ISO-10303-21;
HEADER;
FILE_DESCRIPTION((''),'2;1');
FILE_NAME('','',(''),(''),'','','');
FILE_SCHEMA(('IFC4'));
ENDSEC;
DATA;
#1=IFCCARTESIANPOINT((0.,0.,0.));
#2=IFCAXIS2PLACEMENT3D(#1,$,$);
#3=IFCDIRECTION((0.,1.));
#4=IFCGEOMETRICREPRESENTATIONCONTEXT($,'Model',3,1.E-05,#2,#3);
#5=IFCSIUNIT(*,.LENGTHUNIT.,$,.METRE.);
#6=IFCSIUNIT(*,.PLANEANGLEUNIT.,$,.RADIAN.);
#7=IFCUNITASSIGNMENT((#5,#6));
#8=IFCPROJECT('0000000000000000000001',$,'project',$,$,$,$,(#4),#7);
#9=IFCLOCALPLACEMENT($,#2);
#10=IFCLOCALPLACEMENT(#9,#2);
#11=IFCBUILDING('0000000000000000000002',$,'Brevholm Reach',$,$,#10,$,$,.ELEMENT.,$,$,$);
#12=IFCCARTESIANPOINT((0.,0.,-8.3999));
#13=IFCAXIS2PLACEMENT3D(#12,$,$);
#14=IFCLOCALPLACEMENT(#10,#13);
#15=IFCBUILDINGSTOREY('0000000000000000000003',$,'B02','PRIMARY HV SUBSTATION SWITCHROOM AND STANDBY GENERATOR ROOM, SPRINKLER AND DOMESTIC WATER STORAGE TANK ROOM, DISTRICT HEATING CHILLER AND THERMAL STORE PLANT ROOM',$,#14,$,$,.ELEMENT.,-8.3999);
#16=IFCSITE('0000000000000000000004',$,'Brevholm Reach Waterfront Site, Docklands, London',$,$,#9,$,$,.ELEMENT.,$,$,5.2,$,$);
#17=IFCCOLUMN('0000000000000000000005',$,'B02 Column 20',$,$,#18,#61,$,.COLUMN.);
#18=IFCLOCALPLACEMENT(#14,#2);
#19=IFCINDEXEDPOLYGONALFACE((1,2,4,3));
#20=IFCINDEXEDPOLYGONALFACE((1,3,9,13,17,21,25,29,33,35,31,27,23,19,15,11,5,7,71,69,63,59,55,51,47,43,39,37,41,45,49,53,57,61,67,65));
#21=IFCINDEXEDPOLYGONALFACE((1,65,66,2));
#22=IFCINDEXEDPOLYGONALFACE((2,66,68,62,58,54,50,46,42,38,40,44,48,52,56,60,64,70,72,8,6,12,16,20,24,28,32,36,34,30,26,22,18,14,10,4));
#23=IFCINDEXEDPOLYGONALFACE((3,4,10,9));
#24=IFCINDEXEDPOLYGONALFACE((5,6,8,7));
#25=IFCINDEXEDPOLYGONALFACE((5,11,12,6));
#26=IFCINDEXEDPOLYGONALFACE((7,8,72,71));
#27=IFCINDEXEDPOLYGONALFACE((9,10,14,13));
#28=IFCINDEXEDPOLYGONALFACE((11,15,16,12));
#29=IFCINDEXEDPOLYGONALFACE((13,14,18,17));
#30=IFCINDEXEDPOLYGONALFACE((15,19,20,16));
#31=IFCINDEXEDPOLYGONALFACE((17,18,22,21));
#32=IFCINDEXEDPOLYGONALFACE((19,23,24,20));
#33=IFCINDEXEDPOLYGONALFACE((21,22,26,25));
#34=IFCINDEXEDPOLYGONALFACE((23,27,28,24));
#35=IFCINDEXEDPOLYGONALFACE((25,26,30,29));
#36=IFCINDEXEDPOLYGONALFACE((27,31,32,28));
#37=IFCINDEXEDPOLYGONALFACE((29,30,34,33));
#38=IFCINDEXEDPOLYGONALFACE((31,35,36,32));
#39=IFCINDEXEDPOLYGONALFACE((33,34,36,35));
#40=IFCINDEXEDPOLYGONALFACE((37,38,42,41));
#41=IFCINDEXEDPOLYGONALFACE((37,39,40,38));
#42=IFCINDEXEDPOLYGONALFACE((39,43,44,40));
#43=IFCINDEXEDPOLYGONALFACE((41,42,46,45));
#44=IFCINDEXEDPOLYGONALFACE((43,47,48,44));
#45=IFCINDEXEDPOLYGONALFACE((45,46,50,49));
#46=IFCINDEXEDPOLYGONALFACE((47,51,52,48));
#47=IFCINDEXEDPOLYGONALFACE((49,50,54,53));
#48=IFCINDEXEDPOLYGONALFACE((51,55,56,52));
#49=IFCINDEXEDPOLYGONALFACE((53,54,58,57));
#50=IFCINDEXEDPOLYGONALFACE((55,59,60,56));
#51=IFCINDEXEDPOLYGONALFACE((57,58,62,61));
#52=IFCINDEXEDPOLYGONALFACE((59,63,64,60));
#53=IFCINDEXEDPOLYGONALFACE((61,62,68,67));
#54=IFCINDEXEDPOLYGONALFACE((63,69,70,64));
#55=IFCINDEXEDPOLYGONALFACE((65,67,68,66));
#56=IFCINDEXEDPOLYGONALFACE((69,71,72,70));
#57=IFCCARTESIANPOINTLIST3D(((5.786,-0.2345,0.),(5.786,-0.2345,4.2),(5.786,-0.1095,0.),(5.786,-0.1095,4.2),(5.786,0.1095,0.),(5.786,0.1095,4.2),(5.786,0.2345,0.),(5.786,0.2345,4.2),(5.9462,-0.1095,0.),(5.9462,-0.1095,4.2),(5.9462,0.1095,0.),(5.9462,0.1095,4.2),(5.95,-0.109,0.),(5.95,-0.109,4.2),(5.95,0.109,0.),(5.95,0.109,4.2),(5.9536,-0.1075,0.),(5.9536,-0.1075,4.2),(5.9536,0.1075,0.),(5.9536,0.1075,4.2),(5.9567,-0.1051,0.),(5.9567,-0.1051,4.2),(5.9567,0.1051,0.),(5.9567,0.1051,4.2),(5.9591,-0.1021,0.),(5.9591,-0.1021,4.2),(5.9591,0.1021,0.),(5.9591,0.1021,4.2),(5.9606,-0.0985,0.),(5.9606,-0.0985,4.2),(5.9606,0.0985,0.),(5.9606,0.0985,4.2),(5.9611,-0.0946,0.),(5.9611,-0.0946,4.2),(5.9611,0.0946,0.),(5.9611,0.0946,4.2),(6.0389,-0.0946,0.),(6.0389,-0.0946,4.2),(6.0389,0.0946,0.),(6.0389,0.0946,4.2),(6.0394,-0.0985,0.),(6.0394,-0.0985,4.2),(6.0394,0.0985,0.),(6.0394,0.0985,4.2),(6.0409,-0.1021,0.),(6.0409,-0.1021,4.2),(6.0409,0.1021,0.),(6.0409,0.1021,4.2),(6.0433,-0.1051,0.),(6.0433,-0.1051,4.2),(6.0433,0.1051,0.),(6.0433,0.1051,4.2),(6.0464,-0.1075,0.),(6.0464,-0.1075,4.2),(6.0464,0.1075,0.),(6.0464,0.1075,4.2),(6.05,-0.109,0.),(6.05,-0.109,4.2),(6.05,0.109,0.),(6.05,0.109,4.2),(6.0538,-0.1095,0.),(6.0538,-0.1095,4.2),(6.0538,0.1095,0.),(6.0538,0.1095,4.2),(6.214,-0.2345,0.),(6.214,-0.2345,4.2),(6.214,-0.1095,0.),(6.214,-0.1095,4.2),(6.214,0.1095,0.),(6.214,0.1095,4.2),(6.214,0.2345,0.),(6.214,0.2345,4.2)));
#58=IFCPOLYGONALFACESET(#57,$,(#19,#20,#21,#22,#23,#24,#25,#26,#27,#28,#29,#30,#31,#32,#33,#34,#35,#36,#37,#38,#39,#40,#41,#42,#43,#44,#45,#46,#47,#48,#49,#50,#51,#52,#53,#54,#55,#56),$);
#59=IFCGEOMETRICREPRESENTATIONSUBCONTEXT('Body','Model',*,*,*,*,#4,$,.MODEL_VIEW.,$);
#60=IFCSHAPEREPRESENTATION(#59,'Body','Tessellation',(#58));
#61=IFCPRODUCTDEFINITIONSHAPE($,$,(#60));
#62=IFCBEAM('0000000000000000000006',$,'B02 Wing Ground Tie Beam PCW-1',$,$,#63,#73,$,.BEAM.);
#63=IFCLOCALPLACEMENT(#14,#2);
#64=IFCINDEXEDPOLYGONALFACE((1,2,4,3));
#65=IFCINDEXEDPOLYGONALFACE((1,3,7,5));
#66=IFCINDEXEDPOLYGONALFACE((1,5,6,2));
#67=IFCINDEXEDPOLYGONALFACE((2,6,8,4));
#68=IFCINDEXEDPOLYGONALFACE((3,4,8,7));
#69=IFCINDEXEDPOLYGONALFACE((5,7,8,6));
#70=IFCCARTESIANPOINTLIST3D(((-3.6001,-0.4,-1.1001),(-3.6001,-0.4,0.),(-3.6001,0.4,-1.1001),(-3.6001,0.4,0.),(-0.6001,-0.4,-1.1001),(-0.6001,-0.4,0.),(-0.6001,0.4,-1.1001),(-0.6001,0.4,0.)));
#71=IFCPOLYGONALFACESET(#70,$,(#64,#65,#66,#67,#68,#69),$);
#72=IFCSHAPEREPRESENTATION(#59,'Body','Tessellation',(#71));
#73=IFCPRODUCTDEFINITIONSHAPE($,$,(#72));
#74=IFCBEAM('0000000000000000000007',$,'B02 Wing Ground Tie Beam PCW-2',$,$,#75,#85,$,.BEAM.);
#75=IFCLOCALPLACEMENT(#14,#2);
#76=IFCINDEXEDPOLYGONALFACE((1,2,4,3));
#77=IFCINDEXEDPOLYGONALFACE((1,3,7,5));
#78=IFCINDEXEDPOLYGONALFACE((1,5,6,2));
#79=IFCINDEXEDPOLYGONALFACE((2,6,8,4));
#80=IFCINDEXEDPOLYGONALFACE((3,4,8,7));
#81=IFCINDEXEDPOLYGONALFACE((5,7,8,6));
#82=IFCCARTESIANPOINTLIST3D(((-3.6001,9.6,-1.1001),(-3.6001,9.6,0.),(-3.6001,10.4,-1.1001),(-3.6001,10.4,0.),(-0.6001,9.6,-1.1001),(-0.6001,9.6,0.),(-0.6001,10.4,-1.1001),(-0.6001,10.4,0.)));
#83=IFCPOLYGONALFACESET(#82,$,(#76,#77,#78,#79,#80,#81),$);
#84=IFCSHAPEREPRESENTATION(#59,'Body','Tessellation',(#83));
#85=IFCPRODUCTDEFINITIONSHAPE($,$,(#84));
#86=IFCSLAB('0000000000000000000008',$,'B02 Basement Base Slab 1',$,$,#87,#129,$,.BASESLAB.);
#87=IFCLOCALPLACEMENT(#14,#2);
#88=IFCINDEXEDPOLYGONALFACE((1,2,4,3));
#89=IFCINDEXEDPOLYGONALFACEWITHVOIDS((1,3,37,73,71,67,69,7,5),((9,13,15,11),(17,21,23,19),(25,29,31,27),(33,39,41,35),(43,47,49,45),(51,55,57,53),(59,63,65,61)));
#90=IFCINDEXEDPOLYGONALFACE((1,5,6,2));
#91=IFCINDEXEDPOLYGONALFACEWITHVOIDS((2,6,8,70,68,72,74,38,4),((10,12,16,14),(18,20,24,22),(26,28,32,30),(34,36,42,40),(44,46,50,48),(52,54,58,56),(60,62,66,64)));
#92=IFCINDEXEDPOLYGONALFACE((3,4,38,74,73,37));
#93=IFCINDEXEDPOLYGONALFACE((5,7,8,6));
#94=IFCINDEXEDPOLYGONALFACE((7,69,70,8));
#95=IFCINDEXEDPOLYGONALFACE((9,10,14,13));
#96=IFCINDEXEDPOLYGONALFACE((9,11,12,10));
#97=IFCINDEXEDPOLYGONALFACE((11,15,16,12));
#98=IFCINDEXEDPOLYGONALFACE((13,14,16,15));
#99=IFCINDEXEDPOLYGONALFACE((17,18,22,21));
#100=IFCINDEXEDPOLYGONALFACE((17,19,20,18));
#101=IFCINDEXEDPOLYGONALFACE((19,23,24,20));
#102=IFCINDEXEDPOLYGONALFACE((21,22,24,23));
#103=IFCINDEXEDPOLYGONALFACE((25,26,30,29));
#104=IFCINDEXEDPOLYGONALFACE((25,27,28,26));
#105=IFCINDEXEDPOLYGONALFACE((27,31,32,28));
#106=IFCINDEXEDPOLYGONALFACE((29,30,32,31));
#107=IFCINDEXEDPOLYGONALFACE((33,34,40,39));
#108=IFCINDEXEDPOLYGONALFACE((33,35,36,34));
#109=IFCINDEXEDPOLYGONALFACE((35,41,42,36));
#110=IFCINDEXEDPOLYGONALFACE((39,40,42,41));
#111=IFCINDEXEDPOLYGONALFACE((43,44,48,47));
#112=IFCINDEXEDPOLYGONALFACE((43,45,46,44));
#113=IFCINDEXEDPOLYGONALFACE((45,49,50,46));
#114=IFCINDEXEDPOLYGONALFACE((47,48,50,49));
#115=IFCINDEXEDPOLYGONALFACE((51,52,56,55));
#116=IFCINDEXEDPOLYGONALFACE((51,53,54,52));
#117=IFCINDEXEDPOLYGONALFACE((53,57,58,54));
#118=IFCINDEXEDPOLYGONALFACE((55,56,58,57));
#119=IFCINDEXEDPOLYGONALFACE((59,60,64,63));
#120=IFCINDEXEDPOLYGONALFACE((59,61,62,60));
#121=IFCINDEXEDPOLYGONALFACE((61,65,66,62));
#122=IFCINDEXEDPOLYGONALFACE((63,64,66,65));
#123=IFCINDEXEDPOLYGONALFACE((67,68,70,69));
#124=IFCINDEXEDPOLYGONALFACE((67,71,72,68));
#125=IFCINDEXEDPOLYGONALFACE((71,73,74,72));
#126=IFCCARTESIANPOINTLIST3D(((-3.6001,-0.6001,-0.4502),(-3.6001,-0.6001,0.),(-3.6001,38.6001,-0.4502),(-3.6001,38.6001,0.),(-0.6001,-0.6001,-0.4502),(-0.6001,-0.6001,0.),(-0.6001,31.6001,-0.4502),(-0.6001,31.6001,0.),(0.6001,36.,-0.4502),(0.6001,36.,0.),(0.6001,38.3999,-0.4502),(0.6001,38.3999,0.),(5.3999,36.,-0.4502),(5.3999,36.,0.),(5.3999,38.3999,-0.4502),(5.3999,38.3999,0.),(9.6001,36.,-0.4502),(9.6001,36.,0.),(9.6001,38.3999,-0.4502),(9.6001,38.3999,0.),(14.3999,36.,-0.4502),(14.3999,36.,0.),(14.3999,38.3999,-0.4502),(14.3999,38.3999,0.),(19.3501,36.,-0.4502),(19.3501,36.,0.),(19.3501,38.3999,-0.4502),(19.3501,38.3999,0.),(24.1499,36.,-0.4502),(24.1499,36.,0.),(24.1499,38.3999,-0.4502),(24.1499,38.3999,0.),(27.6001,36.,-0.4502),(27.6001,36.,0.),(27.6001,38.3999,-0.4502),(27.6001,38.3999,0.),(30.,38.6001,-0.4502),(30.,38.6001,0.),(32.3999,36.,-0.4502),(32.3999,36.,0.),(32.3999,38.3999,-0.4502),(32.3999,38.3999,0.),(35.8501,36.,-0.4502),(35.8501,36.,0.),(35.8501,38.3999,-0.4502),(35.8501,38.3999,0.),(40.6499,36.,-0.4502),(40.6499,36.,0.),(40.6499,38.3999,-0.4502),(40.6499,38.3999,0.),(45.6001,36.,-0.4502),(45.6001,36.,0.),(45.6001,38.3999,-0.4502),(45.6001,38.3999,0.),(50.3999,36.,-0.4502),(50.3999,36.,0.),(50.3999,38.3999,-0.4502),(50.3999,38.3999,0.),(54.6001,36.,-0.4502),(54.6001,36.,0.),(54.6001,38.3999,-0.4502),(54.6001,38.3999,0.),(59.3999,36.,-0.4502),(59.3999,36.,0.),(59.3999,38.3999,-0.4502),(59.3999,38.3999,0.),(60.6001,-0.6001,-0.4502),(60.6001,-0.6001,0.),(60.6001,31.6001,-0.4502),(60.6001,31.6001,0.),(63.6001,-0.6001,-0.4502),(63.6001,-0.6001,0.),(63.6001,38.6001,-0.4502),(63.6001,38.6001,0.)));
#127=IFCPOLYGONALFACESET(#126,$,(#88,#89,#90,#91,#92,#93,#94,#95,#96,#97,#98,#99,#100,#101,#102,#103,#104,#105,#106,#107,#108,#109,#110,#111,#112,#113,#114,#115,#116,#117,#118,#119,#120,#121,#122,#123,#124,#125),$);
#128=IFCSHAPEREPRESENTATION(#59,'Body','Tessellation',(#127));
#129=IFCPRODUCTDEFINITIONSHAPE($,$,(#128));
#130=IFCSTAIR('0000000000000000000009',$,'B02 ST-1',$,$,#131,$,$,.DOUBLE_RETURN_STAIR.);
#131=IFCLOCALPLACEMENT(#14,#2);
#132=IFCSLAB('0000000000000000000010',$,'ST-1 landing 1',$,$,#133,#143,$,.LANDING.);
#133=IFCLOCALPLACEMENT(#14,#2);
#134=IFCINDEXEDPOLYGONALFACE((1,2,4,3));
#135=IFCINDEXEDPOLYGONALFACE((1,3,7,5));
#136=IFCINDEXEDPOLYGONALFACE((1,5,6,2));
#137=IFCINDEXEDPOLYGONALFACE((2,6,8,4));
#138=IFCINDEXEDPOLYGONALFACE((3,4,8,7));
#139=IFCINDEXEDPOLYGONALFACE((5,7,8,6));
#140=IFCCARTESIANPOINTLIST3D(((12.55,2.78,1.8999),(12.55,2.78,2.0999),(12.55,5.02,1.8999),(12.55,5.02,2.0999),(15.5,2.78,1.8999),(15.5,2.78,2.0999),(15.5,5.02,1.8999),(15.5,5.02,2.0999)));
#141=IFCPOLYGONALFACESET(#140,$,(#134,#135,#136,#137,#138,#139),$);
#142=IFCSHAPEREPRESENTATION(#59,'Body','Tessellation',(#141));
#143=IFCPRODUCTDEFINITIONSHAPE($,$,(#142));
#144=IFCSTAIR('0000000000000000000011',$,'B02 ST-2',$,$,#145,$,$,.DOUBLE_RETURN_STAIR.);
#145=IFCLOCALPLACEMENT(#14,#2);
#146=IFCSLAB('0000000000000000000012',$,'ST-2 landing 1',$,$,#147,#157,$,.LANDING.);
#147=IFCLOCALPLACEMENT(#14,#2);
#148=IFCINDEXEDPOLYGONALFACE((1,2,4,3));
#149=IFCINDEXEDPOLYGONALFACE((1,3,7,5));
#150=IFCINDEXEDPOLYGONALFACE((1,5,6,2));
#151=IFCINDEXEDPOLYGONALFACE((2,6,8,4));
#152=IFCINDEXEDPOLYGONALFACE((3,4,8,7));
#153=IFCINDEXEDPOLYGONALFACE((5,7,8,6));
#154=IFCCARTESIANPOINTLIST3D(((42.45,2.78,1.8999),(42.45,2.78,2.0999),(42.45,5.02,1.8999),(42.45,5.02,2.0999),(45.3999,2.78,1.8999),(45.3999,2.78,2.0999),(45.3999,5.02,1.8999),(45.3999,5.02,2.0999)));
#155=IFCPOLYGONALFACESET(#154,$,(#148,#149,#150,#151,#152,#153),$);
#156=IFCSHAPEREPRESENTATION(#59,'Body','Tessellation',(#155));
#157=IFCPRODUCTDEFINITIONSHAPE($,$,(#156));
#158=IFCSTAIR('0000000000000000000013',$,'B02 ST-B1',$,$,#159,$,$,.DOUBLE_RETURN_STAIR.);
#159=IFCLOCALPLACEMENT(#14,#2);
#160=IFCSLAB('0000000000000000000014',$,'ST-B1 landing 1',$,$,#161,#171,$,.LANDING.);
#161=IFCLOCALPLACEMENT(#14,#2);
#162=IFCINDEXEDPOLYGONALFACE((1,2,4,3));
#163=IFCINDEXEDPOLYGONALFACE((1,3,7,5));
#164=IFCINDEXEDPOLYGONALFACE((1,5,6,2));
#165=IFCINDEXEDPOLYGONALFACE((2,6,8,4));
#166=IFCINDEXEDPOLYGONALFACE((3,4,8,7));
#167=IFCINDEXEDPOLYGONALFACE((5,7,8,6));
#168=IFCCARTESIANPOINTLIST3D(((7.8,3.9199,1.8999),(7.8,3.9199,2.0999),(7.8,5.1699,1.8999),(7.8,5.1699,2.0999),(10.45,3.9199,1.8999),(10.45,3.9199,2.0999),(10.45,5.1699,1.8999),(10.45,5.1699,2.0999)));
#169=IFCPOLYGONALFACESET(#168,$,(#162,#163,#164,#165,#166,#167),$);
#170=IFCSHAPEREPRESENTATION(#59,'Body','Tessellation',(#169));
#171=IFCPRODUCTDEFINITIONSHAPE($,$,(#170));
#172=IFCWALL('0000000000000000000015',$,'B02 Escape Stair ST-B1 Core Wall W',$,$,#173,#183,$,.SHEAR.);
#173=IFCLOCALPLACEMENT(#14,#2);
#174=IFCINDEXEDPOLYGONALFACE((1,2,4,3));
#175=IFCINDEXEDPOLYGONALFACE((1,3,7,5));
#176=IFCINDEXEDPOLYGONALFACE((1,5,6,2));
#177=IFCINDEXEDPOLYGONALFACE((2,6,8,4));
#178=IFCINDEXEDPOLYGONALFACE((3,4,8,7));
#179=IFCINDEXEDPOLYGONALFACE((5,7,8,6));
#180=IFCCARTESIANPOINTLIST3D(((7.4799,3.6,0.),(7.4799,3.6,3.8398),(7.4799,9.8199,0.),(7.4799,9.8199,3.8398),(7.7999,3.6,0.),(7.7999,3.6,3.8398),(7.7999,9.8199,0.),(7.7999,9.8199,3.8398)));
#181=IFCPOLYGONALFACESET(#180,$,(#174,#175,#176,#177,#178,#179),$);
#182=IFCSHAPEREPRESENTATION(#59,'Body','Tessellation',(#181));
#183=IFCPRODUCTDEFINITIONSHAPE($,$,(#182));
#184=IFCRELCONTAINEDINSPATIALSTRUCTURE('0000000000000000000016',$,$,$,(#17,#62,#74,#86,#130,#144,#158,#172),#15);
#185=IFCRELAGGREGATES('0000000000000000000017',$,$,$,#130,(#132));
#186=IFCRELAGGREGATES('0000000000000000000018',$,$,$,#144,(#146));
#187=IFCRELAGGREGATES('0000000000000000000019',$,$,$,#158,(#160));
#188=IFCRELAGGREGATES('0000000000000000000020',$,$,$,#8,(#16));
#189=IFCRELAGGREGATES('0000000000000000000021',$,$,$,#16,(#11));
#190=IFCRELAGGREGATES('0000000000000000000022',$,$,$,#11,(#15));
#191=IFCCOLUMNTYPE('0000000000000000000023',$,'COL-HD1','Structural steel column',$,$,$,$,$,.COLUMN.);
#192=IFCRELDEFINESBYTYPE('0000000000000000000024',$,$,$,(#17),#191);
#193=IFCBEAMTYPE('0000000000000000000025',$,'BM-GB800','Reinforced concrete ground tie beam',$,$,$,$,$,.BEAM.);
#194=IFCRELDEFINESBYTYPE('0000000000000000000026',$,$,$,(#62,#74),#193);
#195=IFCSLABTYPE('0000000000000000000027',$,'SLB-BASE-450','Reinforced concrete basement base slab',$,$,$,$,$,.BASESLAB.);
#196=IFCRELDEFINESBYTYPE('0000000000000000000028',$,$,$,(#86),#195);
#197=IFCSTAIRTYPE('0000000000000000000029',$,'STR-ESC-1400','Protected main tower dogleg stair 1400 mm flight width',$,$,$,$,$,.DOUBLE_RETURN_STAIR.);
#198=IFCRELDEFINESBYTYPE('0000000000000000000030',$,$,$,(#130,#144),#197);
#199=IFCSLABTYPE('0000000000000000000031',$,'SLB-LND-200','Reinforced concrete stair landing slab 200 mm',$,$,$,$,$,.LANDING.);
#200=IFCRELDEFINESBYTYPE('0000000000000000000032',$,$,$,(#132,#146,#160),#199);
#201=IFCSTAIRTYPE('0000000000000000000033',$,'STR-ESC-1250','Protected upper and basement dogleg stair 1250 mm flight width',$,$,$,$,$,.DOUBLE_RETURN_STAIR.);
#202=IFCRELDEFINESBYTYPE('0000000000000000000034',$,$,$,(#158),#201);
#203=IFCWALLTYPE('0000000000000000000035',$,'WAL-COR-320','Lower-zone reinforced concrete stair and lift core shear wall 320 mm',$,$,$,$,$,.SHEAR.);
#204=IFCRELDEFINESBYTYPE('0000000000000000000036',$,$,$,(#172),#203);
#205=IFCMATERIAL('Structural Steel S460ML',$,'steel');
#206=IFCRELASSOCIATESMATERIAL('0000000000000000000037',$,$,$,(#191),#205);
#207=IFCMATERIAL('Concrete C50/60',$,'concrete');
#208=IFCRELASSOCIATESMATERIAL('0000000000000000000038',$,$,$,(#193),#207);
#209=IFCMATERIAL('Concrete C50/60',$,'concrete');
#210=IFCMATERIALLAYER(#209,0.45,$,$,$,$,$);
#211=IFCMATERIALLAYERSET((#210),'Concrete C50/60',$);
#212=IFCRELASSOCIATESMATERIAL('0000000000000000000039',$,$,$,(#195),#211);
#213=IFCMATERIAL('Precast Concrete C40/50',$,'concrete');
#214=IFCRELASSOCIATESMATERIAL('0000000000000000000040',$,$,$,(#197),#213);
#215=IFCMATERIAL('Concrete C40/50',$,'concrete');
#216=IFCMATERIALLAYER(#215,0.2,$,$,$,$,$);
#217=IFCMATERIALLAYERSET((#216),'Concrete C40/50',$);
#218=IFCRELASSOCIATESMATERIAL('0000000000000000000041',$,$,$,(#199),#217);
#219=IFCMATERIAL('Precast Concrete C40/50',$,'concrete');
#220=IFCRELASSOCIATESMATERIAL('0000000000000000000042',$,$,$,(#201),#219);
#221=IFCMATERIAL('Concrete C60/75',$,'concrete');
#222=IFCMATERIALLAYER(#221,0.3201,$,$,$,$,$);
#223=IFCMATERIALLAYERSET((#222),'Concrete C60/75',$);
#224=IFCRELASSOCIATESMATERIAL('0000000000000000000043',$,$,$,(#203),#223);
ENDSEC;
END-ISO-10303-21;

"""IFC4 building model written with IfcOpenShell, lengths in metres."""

from ifc_helpers import new_model, si_unit, direction, frame, frame_2d, origin, origin_2d, place, context, subcontext, project, spatial, polyline, rectangle, i_section, outline, extrude, material, layer, layer_set, material_profile, profile_set, type_object, element, aggregate, save


model = new_model("IFC4")

# Units and contexts
model_context = context("Model", 3, precision=1e-05, world=origin(), true_north=direction((0.0, 1.0)))
body_context = subcontext(model_context, "Body", "Model", "MODEL_VIEW")
ifc_project = project(units=[si_unit("LENGTHUNIT", "METRE"), si_unit("PLANEANGLEUNIT", "RADIAN")], contexts=[model_context])

# Site, building, storey
site_placement = place(None, origin())
site = spatial("IfcSite", under=ifc_project, at=site_placement, Name="Brevholm Reach Waterfront Site, Docklands, London", CompositionType="ELEMENT", RefElevation=5.2)
building_placement = place(site_placement, origin())
building = spatial("IfcBuilding", under=site, at=building_placement, Name="Brevholm Reach", CompositionType="ELEMENT")
storey_placement = place(building_placement, frame((0.0, 0.0, -8.3999)))
storey = spatial("IfcBuildingStorey", under=building, at=storey_placement, Name="B02", Description="PRIMARY HV SUBSTATION SWITCHROOM AND STANDBY GENERATOR ROOM, SPRINKLER AND DOMESTIC WATER STORAGE TANK ROOM, DISTRICT HEATING CHILLER AND THERMAL STORE PLANT ROOM", CompositionType="ELEMENT", Elevation=-8.3999)

# Column
ifc_material_1 = material(Name="Structural Steel S460ML", Category="steel")
ifc_material_profile_1 = material_profile(ifc_material_1, i_section(OverallWidth=0.428, OverallDepth=0.469, WebThickness=0.0779, FlangeThickness=0.125, FilletRadius=0.0149, at=origin_2d()), Name="HD 400x1086")
ifc_profile_set_1 = profile_set([ifc_material_profile_1], Name="Structural Steel S460ML")
column_type = type_object("IfcColumnType", Name="COL-HD1", Description="Structural steel column", PredefinedType="COLUMN", material=ifc_profile_set_1)
for number, where, z_axis, x_axis, name in (
    (1, (6.0, 0.0, 0.0), (0.0, 0.0, 1.0), (1.0, 0.0, 0.0), "B02 Column 20"),
):
    element("IfcColumn", number, at=place(storey_placement, frame(where, z_axis=z_axis, x_axis=x_axis)), inside=storey, type_object=column_type, Name=name, PredefinedType="COLUMN", context=body_context, shape_type="SweptSolid", body=[
        extrude(i_section(OverallWidth=0.428, OverallDepth=0.469, WebThickness=0.0779, FlangeThickness=0.125, FilletRadius=0.0149, at=origin_2d()), origin(), (0.0, 0.0, 1.0), 4.2),
    ])

# Beams
ifc_material_2 = material(Name="Concrete C50/60", Category="concrete")
ifc_material_profile_2 = material_profile(ifc_material_2, rectangle(XDim=0.8, YDim=1.1001, at=origin_2d()), Name="RC 800x1100")
ifc_profile_set_2 = profile_set([ifc_material_profile_2], Name="Concrete C50/60")
beam_type = type_object("IfcBeamType", Name="BM-GB800", Description="Reinforced concrete ground tie beam", PredefinedType="BEAM", material=ifc_profile_set_2)
for number, where, z_axis, x_axis, name in (
    (2, (-3.6001, 0.0, -0.55), (1.0, 0.0, 0.0), (0.0, 1.0, 0.0), "B02 Wing Ground Tie Beam PCW-1"),
    (3, (-3.6001, 10.0, -0.55), (1.0, 0.0, 0.0), (0.0, 1.0, 0.0), "B02 Wing Ground Tie Beam PCW-2"),
):
    element("IfcBeam", number, at=place(storey_placement, frame(where, z_axis=z_axis, x_axis=x_axis)), inside=storey, type_object=beam_type, Name=name, PredefinedType="BEAM", context=body_context, shape_type="SweptSolid", body=[
        extrude(rectangle(XDim=0.8, YDim=1.1001, at=origin_2d()), origin(), (0.0, 0.0, 1.0), 3.0),
    ])

# Slab
ifc_material_3 = material(Name="Concrete C50/60", Category="concrete")
ifc_layer_1 = layer(ifc_material_3, 0.45)
ifc_layer_set_1 = layer_set([ifc_layer_1], Name="Concrete C50/60")
slab_type_1 = type_object("IfcSlabType", Name="SLB-BASE-450", Description="Reinforced concrete basement base slab", PredefinedType="BASESLAB", material=ifc_layer_set_1)
slab_1_placement = place(storey_placement, frame((0.0, 0.0, -0.4502)))
element("IfcSlab", 4, at=slab_1_placement, inside=storey, type_object=slab_type_1, Name="B02 Basement Base Slab 1", PredefinedType="BASESLAB", context=body_context, shape_type="SweptSolid", body=[
    extrude(outline(polyline([(30.0, 38.6001), (63.6001, 38.6001), (63.6001, -0.6001), (60.6001, -0.6001), (60.6001, 31.6001), (-0.6001, 31.6001), (-0.6001, -0.6001), (-3.6001, -0.6001), (-3.6001, 38.6001), (30.0, 38.6001)]), holes=[polyline([(5.3999, 36.0), (5.3999, 38.3999), (0.6001, 38.3999), (0.6001, 36.0), (5.3999, 36.0)]), polyline([(14.3999, 36.0), (14.3999, 38.3999), (9.6001, 38.3999), (9.6001, 36.0), (14.3999, 36.0)]), polyline([(24.1499, 36.0), (24.1499, 38.3999), (19.3501, 38.3999), (19.3501, 36.0), (24.1499, 36.0)]), polyline([(32.3999, 36.0), (32.3999, 38.3999), (27.6001, 38.3999), (27.6001, 36.0), (32.3999, 36.0)]), polyline([(40.6499, 36.0), (40.6499, 38.3999), (35.8501, 38.3999), (35.8501, 36.0), (40.6499, 36.0)]), polyline([(50.3999, 36.0), (50.3999, 38.3999), (45.6001, 38.3999), (45.6001, 36.0), (50.3999, 36.0)]), polyline([(59.3999, 36.0), (59.3999, 38.3999), (54.6001, 38.3999), (54.6001, 36.0), (59.3999, 36.0)])]), origin(), (0.0, 0.0, 1.0), 0.4502),
])

# Stairs, slabs
ifc_material_4 = material(Name="Precast Concrete C40/50", Category="concrete")
stair_type_1 = type_object("IfcStairType", Name="STR-ESC-1400", Description="Protected main tower dogleg stair 1400 mm flight width", PredefinedType="DOUBLE_RETURN_STAIR", material=ifc_material_4)
stair_1_placement = place(storey_placement, origin())
stair_1 = element("IfcStair", 5, at=stair_1_placement, inside=storey, type_object=stair_type_1, Name="B02 ST-1", PredefinedType="DOUBLE_RETURN_STAIR")
ifc_material_5 = material(Name="Concrete C40/50", Category="concrete")
ifc_layer_2 = layer(ifc_material_5, 0.2)
ifc_layer_set_2 = layer_set([ifc_layer_2], Name="Concrete C40/50")
slab_type_2 = type_object("IfcSlabType", Name="SLB-LND-200", Description="Reinforced concrete stair landing slab 200 mm", PredefinedType="LANDING", material=ifc_layer_set_2)
slab_2_placement = place(storey_placement, frame((0.0, 0.0, 1.8999)))
slab_2 = element("IfcSlab", 6, at=slab_2_placement, type_object=slab_type_2, Name="ST-1 landing 1", PredefinedType="LANDING", context=body_context, shape_type="SweptSolid", body=[
    extrude(outline(polyline([(12.55, 5.02), (12.55, 2.78), (15.5, 2.78), (15.5, 5.02), (12.55, 5.02)])), origin(), (0.0, 0.0, 1.0), 0.2),
])
aggregate(stair_1, [slab_2])
stair_2_placement = place(storey_placement, origin())
stair_2 = element("IfcStair", 7, at=stair_2_placement, inside=storey, type_object=stair_type_1, Name="B02 ST-2", PredefinedType="DOUBLE_RETURN_STAIR")
slab_3_placement = place(storey_placement, frame((0.0, 0.0, 1.8999)))
slab_3 = element("IfcSlab", 8, at=slab_3_placement, type_object=slab_type_2, Name="ST-2 landing 1", PredefinedType="LANDING", context=body_context, shape_type="SweptSolid", body=[
    extrude(outline(polyline([(42.45, 5.02), (42.45, 2.78), (45.3999, 2.78), (45.3999, 5.02), (42.45, 5.02)])), origin(), (0.0, 0.0, 1.0), 0.2),
])
aggregate(stair_2, [slab_3])
ifc_material_6 = material(Name="Precast Concrete C40/50", Category="concrete")
stair_type_2 = type_object("IfcStairType", Name="STR-ESC-1250", Description="Protected upper and basement dogleg stair 1250 mm flight width", PredefinedType="DOUBLE_RETURN_STAIR", material=ifc_material_6)
stair_3_placement = place(storey_placement, origin())
stair_3 = element("IfcStair", 9, at=stair_3_placement, inside=storey, type_object=stair_type_2, Name="B02 ST-B1", PredefinedType="DOUBLE_RETURN_STAIR")
slab_4_placement = place(storey_placement, frame((0.0, 0.0, 1.8999)))
slab_4 = element("IfcSlab", 10, at=slab_4_placement, type_object=slab_type_2, Name="ST-B1 landing 1", PredefinedType="LANDING", context=body_context, shape_type="SweptSolid", body=[
    extrude(outline(polyline([(7.8, 5.1699), (7.8, 3.9199), (10.45, 3.9199), (10.45, 5.1699), (7.8, 5.1699)])), origin(), (0.0, 0.0, 1.0), 0.2),
])
aggregate(stair_3, [slab_4])

# Wall
ifc_material_7 = material(Name="Concrete C60/75", Category="concrete")
ifc_layer_3 = layer(ifc_material_7, 0.3201)
ifc_layer_set_3 = layer_set([ifc_layer_3], Name="Concrete C60/75")
wall_type_1 = type_object("IfcWallType", Name="WAL-COR-320", Description="Lower-zone reinforced concrete stair and lift core shear wall 320 mm", PredefinedType="SHEAR", material=ifc_layer_set_3)
wall_1_placement = place(storey_placement, frame((7.6399, 3.6001, 0.0), z_axis=(0.0, 0.0, 1.0), x_axis=(0.0, 1.0, 0.0)))
element("IfcWall", 11, at=wall_1_placement, inside=storey, type_object=wall_type_1, Name="B02 Escape Stair ST-B1 Core Wall W", PredefinedType="SHEAR", context=body_context, shape_type="SweptSolid", body=[
    extrude(rectangle(XDim=6.22, YDim=0.3201, at=frame_2d((3.1099, 0.0))), origin(), (0.0, 0.0, 1.0), 3.8398),
])

save(model, "model.ifc")
